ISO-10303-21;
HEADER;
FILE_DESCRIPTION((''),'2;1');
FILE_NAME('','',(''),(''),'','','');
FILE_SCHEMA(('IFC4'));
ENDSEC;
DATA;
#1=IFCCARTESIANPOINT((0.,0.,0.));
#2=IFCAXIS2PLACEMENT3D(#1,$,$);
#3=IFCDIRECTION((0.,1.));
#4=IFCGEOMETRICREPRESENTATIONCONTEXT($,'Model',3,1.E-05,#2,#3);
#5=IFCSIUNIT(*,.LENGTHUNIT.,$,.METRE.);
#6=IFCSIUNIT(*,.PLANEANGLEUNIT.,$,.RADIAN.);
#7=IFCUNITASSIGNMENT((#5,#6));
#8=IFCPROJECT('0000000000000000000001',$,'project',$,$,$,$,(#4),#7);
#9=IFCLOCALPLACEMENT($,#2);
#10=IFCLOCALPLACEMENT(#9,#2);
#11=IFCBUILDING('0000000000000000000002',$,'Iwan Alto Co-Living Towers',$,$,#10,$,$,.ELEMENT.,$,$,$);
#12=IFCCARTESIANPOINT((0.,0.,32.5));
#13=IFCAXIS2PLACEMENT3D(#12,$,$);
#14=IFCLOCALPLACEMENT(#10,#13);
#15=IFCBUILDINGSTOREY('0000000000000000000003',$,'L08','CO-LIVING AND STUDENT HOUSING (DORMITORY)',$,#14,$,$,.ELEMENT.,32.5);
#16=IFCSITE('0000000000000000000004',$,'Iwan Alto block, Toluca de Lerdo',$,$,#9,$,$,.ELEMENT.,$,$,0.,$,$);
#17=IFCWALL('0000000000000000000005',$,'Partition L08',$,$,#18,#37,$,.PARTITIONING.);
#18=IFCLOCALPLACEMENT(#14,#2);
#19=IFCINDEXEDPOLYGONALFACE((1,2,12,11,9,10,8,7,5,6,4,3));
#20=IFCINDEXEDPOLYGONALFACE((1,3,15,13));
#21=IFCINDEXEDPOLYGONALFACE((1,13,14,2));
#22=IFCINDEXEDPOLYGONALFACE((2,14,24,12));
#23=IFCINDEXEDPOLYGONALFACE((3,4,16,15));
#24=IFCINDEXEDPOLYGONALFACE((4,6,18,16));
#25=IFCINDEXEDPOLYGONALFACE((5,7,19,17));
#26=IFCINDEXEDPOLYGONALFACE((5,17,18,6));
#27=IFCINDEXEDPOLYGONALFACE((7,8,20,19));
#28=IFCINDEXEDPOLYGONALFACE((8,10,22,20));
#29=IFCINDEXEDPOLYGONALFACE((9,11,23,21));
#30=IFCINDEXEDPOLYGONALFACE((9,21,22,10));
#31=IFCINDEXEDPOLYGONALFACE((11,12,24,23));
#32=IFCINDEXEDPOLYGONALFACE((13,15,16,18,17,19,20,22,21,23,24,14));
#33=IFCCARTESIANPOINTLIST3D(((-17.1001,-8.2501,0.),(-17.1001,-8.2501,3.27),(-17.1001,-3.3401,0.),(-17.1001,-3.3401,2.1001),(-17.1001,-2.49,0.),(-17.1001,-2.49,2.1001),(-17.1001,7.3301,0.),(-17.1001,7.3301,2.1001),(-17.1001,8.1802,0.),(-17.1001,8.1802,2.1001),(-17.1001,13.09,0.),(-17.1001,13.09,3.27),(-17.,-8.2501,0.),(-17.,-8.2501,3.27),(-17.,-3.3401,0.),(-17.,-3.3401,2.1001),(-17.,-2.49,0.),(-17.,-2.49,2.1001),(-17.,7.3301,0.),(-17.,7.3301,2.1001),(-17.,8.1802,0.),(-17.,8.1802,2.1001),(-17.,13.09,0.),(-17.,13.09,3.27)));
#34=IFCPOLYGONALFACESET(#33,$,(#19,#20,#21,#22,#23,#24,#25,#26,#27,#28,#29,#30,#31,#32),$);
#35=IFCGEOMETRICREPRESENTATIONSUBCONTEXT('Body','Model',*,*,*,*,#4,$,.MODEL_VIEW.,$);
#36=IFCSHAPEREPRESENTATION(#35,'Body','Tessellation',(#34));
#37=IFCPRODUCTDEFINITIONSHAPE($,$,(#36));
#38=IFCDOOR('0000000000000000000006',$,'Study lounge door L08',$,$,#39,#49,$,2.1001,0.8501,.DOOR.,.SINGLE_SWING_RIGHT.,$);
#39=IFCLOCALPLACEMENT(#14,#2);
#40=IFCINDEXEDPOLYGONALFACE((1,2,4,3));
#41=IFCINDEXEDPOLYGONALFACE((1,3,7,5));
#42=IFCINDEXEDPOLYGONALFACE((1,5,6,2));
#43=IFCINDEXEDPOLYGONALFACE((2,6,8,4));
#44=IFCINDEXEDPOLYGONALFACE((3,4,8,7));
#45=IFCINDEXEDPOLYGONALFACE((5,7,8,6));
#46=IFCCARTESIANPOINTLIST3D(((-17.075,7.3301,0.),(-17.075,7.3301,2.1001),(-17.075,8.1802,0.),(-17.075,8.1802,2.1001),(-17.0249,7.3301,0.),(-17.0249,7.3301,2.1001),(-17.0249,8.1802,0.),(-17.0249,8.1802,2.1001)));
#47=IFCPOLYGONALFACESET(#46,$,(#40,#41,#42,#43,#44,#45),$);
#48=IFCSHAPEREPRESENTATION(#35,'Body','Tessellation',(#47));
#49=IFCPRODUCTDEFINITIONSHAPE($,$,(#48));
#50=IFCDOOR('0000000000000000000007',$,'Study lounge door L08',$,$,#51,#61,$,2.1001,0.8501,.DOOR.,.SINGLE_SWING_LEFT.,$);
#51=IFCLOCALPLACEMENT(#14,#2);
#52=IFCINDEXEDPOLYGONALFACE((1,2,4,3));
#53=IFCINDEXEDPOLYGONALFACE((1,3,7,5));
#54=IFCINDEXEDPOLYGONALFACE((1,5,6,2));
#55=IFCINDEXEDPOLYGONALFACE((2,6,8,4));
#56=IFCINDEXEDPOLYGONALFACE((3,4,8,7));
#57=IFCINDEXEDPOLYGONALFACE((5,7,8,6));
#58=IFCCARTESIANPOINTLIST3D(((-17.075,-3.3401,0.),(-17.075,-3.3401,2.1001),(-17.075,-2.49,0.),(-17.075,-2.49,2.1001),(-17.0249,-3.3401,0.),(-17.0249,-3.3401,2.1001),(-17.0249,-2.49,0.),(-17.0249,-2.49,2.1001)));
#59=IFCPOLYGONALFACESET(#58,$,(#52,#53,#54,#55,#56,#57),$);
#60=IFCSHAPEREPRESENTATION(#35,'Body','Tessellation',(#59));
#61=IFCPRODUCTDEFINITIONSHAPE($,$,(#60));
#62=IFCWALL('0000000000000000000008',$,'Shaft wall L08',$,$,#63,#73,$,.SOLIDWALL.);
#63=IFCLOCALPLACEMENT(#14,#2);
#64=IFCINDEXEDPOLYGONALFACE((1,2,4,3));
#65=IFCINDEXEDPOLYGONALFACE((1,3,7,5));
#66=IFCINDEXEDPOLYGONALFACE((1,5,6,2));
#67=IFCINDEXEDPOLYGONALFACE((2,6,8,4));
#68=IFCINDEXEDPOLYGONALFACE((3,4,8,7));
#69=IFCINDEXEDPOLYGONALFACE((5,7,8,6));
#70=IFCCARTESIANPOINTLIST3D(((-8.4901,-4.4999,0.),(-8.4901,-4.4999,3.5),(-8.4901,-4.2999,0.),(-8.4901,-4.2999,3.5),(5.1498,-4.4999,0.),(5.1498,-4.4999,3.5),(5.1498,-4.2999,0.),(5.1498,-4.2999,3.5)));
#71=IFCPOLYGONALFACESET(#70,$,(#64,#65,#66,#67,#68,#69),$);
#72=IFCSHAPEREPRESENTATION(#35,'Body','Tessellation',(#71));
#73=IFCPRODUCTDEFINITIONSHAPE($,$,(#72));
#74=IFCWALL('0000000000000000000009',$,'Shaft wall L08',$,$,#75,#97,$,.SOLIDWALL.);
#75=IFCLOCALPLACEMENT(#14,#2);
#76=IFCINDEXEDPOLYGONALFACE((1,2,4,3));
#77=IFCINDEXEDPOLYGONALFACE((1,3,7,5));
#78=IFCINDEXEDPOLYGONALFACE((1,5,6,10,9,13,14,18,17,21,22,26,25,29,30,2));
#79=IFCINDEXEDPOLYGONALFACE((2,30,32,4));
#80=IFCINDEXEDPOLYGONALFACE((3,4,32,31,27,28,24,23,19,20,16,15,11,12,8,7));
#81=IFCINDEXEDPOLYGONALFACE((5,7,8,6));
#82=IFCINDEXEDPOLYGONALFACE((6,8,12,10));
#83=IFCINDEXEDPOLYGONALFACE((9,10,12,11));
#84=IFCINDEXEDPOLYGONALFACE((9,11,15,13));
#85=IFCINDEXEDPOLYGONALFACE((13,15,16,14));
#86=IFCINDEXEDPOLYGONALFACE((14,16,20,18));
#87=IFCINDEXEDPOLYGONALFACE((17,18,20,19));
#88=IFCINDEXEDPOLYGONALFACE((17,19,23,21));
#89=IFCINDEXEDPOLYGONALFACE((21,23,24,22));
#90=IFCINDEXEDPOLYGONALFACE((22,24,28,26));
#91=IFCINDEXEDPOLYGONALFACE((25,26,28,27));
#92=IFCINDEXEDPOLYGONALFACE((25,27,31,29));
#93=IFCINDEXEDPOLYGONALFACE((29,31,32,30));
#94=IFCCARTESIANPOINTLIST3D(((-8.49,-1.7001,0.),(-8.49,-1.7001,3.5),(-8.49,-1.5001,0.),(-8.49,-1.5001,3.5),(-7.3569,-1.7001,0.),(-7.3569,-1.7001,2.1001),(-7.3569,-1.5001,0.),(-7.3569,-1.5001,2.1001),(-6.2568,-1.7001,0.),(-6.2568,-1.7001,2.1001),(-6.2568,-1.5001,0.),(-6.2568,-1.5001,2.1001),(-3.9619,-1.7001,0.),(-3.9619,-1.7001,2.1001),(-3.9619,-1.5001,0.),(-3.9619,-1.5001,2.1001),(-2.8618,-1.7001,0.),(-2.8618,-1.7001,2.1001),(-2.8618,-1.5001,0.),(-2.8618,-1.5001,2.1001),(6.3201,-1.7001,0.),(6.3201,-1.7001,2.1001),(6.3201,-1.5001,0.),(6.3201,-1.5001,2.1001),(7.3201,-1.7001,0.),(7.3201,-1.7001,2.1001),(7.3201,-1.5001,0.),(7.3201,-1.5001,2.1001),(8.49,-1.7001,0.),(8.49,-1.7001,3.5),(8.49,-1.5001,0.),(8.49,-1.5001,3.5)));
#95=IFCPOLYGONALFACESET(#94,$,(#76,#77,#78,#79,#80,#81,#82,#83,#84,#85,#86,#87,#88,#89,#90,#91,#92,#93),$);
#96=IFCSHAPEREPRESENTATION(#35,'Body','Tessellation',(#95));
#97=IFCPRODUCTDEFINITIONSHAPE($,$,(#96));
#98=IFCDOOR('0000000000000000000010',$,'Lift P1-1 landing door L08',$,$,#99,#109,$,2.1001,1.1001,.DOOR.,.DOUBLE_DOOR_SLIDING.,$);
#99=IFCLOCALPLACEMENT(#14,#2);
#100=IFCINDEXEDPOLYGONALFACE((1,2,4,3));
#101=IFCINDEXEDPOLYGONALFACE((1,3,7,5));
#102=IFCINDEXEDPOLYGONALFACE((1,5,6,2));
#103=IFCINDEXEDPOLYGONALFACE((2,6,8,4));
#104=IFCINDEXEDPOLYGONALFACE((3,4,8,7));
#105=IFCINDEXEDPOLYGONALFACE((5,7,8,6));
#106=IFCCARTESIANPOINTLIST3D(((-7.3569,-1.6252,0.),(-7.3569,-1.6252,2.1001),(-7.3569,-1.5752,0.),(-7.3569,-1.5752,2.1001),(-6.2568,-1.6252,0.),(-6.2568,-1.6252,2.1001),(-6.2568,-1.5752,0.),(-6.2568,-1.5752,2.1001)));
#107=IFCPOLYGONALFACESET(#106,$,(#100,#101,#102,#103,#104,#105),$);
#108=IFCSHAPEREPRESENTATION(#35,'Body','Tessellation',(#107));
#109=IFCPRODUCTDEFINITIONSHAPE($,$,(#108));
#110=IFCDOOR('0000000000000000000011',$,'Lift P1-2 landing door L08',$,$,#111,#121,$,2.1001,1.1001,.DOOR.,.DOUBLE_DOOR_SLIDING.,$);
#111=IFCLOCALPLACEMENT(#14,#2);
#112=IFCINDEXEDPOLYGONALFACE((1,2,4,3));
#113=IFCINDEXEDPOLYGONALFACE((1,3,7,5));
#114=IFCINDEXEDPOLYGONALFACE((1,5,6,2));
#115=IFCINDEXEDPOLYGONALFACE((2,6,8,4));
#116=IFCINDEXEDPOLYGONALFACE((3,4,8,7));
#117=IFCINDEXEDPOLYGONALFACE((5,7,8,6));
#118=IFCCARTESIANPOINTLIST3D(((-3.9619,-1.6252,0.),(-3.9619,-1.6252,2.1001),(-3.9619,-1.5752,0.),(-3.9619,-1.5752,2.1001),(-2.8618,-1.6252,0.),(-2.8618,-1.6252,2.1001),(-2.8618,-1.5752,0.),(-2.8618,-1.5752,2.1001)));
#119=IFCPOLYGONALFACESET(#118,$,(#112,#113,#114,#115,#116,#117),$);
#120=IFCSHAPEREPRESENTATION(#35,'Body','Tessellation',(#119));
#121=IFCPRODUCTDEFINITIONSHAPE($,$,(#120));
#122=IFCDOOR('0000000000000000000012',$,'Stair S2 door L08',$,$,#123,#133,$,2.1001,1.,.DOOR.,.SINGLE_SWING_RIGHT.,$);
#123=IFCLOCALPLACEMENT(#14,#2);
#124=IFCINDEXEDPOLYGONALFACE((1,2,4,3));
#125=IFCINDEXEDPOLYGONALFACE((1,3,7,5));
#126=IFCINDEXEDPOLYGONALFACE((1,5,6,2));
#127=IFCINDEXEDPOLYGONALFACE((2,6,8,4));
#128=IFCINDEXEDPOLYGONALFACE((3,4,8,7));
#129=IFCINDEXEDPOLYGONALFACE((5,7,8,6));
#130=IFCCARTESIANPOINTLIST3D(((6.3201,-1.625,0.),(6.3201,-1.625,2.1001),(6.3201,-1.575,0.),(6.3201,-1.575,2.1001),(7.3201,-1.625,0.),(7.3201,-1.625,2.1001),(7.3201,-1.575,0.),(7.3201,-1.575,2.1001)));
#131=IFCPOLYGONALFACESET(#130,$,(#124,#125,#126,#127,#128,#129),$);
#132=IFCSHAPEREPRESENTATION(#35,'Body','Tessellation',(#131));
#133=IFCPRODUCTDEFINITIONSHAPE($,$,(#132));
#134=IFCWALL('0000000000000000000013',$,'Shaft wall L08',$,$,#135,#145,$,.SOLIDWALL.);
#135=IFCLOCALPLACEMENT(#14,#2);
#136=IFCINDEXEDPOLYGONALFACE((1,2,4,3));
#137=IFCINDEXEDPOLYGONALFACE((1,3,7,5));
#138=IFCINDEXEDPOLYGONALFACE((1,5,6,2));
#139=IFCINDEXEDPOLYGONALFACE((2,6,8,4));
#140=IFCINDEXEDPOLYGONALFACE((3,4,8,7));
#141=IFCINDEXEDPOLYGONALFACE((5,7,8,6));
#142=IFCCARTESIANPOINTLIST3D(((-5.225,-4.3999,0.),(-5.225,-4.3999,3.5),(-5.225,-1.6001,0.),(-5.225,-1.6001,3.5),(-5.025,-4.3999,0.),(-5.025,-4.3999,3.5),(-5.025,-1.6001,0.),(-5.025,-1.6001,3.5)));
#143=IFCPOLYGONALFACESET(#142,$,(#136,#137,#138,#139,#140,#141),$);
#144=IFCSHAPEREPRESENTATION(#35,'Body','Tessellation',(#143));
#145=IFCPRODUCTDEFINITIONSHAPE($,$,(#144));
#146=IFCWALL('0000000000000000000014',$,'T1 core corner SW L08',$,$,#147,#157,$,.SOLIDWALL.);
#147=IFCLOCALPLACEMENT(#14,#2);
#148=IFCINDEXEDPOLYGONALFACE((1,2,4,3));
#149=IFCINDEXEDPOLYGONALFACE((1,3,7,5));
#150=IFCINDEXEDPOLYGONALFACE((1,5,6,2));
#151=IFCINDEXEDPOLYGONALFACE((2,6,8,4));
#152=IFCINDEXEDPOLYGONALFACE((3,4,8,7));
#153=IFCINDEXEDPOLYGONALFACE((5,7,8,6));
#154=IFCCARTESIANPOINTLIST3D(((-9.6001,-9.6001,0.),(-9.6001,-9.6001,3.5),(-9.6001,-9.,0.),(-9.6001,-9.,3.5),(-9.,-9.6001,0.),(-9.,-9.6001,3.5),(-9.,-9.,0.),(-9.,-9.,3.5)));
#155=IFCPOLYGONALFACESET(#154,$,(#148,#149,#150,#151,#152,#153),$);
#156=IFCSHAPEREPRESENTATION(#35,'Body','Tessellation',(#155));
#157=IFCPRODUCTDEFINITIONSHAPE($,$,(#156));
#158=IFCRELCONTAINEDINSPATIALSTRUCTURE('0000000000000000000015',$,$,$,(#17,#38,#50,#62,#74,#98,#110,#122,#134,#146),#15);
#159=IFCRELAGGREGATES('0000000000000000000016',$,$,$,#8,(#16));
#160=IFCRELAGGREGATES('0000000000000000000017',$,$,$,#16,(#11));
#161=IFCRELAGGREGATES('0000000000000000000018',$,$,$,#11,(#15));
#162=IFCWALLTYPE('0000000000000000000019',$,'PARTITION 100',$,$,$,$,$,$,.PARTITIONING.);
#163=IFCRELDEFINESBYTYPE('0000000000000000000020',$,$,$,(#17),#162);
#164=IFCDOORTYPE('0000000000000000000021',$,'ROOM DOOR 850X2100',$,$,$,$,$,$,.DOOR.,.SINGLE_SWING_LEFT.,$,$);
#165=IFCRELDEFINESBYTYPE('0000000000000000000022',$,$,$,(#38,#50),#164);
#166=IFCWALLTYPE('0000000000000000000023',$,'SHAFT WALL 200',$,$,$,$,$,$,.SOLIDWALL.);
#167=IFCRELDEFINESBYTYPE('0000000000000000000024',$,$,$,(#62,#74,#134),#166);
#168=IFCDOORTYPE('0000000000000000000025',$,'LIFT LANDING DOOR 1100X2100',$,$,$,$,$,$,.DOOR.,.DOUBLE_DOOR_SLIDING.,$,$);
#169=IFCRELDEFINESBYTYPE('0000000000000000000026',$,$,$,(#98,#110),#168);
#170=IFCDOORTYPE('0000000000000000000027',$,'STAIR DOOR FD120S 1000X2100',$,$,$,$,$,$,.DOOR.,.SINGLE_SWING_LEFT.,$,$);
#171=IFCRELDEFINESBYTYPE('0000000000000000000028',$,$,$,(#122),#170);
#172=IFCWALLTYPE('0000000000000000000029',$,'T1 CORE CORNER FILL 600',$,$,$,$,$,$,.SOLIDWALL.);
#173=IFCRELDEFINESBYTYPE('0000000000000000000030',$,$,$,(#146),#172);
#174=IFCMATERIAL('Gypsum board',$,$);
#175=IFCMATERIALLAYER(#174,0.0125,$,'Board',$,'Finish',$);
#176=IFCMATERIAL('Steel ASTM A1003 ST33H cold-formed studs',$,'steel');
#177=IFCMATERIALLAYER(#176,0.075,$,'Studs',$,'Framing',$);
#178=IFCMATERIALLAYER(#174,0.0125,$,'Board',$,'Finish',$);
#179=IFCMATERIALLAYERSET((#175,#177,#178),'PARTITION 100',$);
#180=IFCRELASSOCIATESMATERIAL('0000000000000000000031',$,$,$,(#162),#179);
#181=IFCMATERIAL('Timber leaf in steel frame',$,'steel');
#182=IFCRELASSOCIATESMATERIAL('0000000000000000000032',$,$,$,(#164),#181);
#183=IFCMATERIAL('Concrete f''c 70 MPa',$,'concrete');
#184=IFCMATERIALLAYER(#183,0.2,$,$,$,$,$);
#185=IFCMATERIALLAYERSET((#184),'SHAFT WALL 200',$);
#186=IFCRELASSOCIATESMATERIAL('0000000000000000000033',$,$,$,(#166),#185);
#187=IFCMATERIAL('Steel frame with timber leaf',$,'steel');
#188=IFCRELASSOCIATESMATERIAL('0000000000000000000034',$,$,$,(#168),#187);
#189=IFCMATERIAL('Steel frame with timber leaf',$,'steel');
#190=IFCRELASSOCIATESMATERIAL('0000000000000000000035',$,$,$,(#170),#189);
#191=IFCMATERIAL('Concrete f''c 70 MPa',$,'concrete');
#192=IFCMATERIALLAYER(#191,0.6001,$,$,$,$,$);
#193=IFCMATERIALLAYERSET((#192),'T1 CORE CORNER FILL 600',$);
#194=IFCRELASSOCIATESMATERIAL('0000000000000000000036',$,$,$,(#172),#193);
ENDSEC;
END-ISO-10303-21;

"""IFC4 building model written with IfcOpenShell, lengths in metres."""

from ifc_helpers import new_model, si_unit, direction, frame, frame_2d, origin, place, context, subcontext, project, spatial, rectangle, extrude, material, layer, layer_set, type_object, element, fill, save


model = new_model("IFC4")

# Units and contexts
model_context = context("Model", 3, precision=1e-05, world=origin(), true_north=direction((0.0, 1.0)))
body_context = subcontext(model_context, "Body", "Model", "MODEL_VIEW")
ifc_project = project(units=[si_unit("LENGTHUNIT", "METRE"), si_unit("PLANEANGLEUNIT", "RADIAN")], contexts=[model_context])

# Site, building, storey
site_placement = place(None, origin())
site = spatial("IfcSite", under=ifc_project, at=site_placement, Name="Iwan Alto block, Toluca de Lerdo", CompositionType="ELEMENT", RefElevation=0.0)
building_placement = place(site_placement, origin())
building = spatial("IfcBuilding", under=site, at=building_placement, Name="Iwan Alto Co-Living Towers", CompositionType="ELEMENT")
storey_placement = place(building_placement, frame((0.0, 0.0, 32.5)))
storey = spatial("IfcBuildingStorey", under=building, at=storey_placement, Name="L08", Description="CO-LIVING AND STUDENT HOUSING (DORMITORY)", CompositionType="ELEMENT", Elevation=32.5)

# Shared definitions
ifc_material_1 = material(Name="Gypsum board")
ifc_material_2 = material(Name="Steel ASTM A1003 ST33H cold-formed studs", Category="steel")

# Shared definitions
ifc_layer_1 = layer(ifc_material_1, 0.0125, Name="Board", Category="Finish")
ifc_layer_2 = layer(ifc_material_2, 0.075, Name="Studs", Category="Framing")
ifc_layer_3 = layer(ifc_material_1, 0.0125, Name="Board", Category="Finish")
ifc_layer_set_1 = layer_set([ifc_layer_1, ifc_layer_2, ifc_layer_3], Name="PARTITION 100")
wall_type_1 = type_object("IfcWallType", Name="PARTITION 100", PredefinedType="PARTITIONING", material=ifc_layer_set_1)

# Wall, openings, doors
wall_1_placement = place(storey_placement, frame((-17.05, -8.25, 0.0), z_axis=(0.0, 0.0, 1.0), x_axis=(0.0, 1.0, 0.0)))
wall_1 = element("IfcWall", 1, at=wall_1_placement, inside=storey, type_object=wall_type_1, Name="Partition L08", PredefinedType="PARTITIONING", context=body_context, shape_type="SweptSolid", body=[
    extrude(rectangle(XDim=21.3401, YDim=0.1001, at=frame_2d((10.6699, 0.0))), origin(), (0.0, 0.0, 1.0), 3.27),
])
opening_1_placement = place(wall_1_placement, frame((15.5801, 0.0, 0.0)))
opening_1 = element("IfcOpeningElement", 2, at=opening_1_placement, cuts=wall_1, PredefinedType="OPENING", context=body_context, shape_type="SweptSolid", body=[
    extrude(rectangle(XDim=0.8501, YDim=2.1001, at=frame_2d((0.425, 1.05))), frame((0.0, 0.0601, 0.0), z_axis=(0.0, -1.0, 0.0), x_axis=(1.0, 0.0, 0.0)), (0.0, 0.0, 1.0), 0.1201),
])
opening_2_placement = place(wall_1_placement, frame((4.9099, 0.0, 0.0)))
opening_2 = element("IfcOpeningElement", 3, at=opening_2_placement, cuts=wall_1, PredefinedType="OPENING", context=body_context, shape_type="SweptSolid", body=[
    extrude(rectangle(XDim=0.8501, YDim=2.1001, at=frame_2d((0.425, 1.05))), frame((0.0, 0.0601, 0.0), z_axis=(0.0, -1.0, 0.0), x_axis=(1.0, 0.0, 0.0)), (0.0, 0.0, 1.0), 0.1201),
])
ifc_material_3 = material(Name="Timber leaf in steel frame", Category="steel")
door_type_1 = type_object("IfcDoorType", Name="ROOM DOOR 850X2100", OperationType="SINGLE_SWING_LEFT", PredefinedType="DOOR", material=ifc_material_3)
door_1_placement = place(opening_1_placement, origin())
door_1 = element("IfcDoor", 4, at=door_1_placement, inside=storey, type_object=door_type_1, Name="Study lounge door L08", OperationType="SINGLE_SWING_RIGHT", OverallHeight=2.1001, OverallWidth=0.8501, PredefinedType="DOOR", context=body_context, shape_type="SweptSolid", body=[
    extrude(rectangle(XDim=0.8501, YDim=2.1001, at=frame_2d((0.425, 1.05))), frame((0.0, 0.0249, 0.0), z_axis=(0.0, -1.0, 0.0), x_axis=(1.0, 0.0, 0.0)), (0.0, 0.0, 1.0), 0.05),
])
fill(opening_1, door_1)
door_2_placement = place(opening_2_placement, origin())
door_2 = element("IfcDoor", 5, at=door_2_placement, inside=storey, type_object=door_type_1, Name="Study lounge door L08", OperationType="SINGLE_SWING_LEFT", OverallHeight=2.1001, OverallWidth=0.8501, PredefinedType="DOOR", context=body_context, shape_type="SweptSolid", body=[
    extrude(rectangle(XDim=0.8501, YDim=2.1001, at=frame_2d((0.425, 1.05))), frame((0.0, 0.0249, 0.0), z_axis=(0.0, -1.0, 0.0), x_axis=(1.0, 0.0, 0.0)), (0.0, 0.0, 1.0), 0.05),
])
fill(opening_2, door_2)

# Wall
ifc_material_4 = material(Name="Concrete f'c 70 MPa", Category="concrete")
ifc_layer_4 = layer(ifc_material_4, 0.2)
ifc_layer_set_2 = layer_set([ifc_layer_4], Name="SHAFT WALL 200")
wall_type_2 = type_object("IfcWallType", Name="SHAFT WALL 200", PredefinedType="SOLIDWALL", material=ifc_layer_set_2)
wall_2_placement = place(storey_placement, frame((-8.49, -4.3999, 0.0), z_axis=(0.0, 0.0, 1.0), x_axis=(1.0, 0.0, 0.0)))
element("IfcWall", 6, at=wall_2_placement, inside=storey, type_object=wall_type_2, Name="Shaft wall L08", PredefinedType="SOLIDWALL", context=body_context, shape_type="SweptSolid", body=[
    extrude(rectangle(XDim=13.6399, YDim=0.2, at=frame_2d((6.8198, 0.0))), origin(), (0.0, 0.0, 1.0), 3.5),
])

# Wall, openings, doors
wall_3_placement = place(storey_placement, frame((-8.49, -1.6001, 0.0), z_axis=(0.0, 0.0, 1.0), x_axis=(1.0, 0.0, 0.0)))
wall_3 = element("IfcWall", 7, at=wall_3_placement, inside=storey, type_object=wall_type_2, Name="Shaft wall L08", PredefinedType="SOLIDWALL", context=body_context, shape_type="SweptSolid", body=[
    extrude(rectangle(XDim=16.98, YDim=0.2, at=frame_2d((8.49, 0.0))), origin(), (0.0, 0.0, 1.0), 3.5),
])
opening_3_placement = place(wall_3_placement, frame((14.8101, 0.0, 0.0)))
opening_3 = element("IfcOpeningElement", 8, at=opening_3_placement, cuts=wall_3, PredefinedType="OPENING", context=body_context, shape_type="SweptSolid", body=[
    extrude(rectangle(XDim=1.0, YDim=2.1001, at=frame_2d((0.5, 1.05))), frame((0.0, 0.1099, 0.0), z_axis=(0.0, -1.0, 0.0), x_axis=(1.0, 0.0, 0.0)), (0.0, 0.0, 1.0), 0.22),
])
opening_4_placement = place(wall_3_placement, frame((1.1331, 0.0, 0.0)))
opening_4 = element("IfcOpeningElement", 9, at=opening_4_placement, cuts=wall_3, PredefinedType="OPENING", context=body_context, shape_type="SweptSolid", body=[
    extrude(rectangle(XDim=1.1001, YDim=2.1001, at=frame_2d((0.55, 1.05))), frame((0.0, 0.1099, 0.0), z_axis=(0.0, -1.0, 0.0), x_axis=(1.0, 0.0, 0.0)), (0.0, 0.0, 1.0), 0.22),
])
opening_5_placement = place(wall_3_placement, frame((4.5281, 0.0, 0.0)))
opening_5 = element("IfcOpeningElement", 10, at=opening_5_placement, cuts=wall_3, PredefinedType="OPENING", context=body_context, shape_type="SweptSolid", body=[
    extrude(rectangle(XDim=1.1001, YDim=2.1001, at=frame_2d((0.55, 1.05))), frame((0.0, 0.1099, 0.0), z_axis=(0.0, -1.0, 0.0), x_axis=(1.0, 0.0, 0.0)), (0.0, 0.0, 1.0), 0.22),
])
ifc_material_5 = material(Name="Steel frame with timber leaf", Category="steel")
door_type_2 = type_object("IfcDoorType", Name="LIFT LANDING DOOR 1100X2100", OperationType="DOUBLE_DOOR_SLIDING", PredefinedType="DOOR", material=ifc_material_5)
door_3_placement = place(opening_4_placement, origin())
door_3 = element("IfcDoor", 11, at=door_3_placement, inside=storey, type_object=door_type_2, Name="Lift P1-1 landing door L08", OperationType="DOUBLE_DOOR_SLIDING", OverallHeight=2.1001, OverallWidth=1.1001, PredefinedType="DOOR", context=body_context, shape_type="SweptSolid", body=[
    extrude(rectangle(XDim=1.1001, YDim=2.1001, at=frame_2d((0.55, 1.05))), frame((0.0, 0.0249, 0.0), z_axis=(0.0, -1.0, 0.0), x_axis=(1.0, 0.0, 0.0)), (0.0, 0.0, 1.0), 0.05),
])
fill(opening_4, door_3)
door_4_placement = place(opening_5_placement, origin())
door_4 = element("IfcDoor", 12, at=door_4_placement, inside=storey, type_object=door_type_2, Name="Lift P1-2 landing door L08", OperationType="DOUBLE_DOOR_SLIDING", OverallHeight=2.1001, OverallWidth=1.1001, PredefinedType="DOOR", context=body_context, shape_type="SweptSolid", body=[
    extrude(rectangle(XDim=1.1001, YDim=2.1001, at=frame_2d((0.55, 1.05))), frame((0.0, 0.0249, 0.0), z_axis=(0.0, -1.0, 0.0), x_axis=(1.0, 0.0, 0.0)), (0.0, 0.0, 1.0), 0.05),
])
fill(opening_5, door_4)
ifc_material_6 = material(Name="Steel frame with timber leaf", Category="steel")
door_type_3 = type_object("IfcDoorType", Name="STAIR DOOR FD120S 1000X2100", OperationType="SINGLE_SWING_LEFT", PredefinedType="DOOR", material=ifc_material_6)
door_5_placement = place(opening_3_placement, frame((1.0, 0.0, 0.0), z_axis=(0.0, 0.0, 1.0), x_axis=(-1.0, 0.0, 0.0)))
door_5 = element("IfcDoor", 13, at=door_5_placement, inside=storey, type_object=door_type_3, Name="Stair S2 door L08", OperationType="SINGLE_SWING_RIGHT", OverallHeight=2.1001, OverallWidth=1.0, PredefinedType="DOOR", context=body_context, shape_type="SweptSolid", body=[
    extrude(rectangle(XDim=1.0, YDim=2.1001, at=frame_2d((0.5, 1.05))), frame((0.0, 0.0249, 0.0), z_axis=(0.0, -1.0, 0.0), x_axis=(1.0, 0.0, 0.0)), (0.0, 0.0, 1.0), 0.05),
])
fill(opening_3, door_5)

# Walls
wall_4_placement = place(storey_placement, frame((-5.125, -4.3999, 0.0), z_axis=(0.0, 0.0, 1.0), x_axis=(0.0, 1.0, 0.0)))
element("IfcWall", 14, at=wall_4_placement, inside=storey, type_object=wall_type_2, Name="Shaft wall L08", PredefinedType="SOLIDWALL", context=body_context, shape_type="SweptSolid", body=[
    extrude(rectangle(XDim=2.7998, YDim=0.2, at=frame_2d((1.3999, 0.0))), origin(), (0.0, 0.0, 1.0), 3.5),
])
ifc_material_7 = material(Name="Concrete f'c 70 MPa", Category="concrete")
ifc_layer_5 = layer(ifc_material_7, 0.6001)
ifc_layer_set_3 = layer_set([ifc_layer_5], Name="T1 CORE CORNER FILL 600")
wall_type_3 = type_object("IfcWallType", Name="T1 CORE CORNER FILL 600", PredefinedType="SOLIDWALL", material=ifc_layer_set_3)
wall_5_placement = place(storey_placement, frame((-9.6001, -9.3, 0.0), z_axis=(0.0, 0.0, 1.0), x_axis=(1.0, 0.0, 0.0)))
element("IfcWall", 15, at=wall_5_placement, inside=storey, type_object=wall_type_3, Name="T1 core corner SW L08", PredefinedType="SOLIDWALL", context=body_context, shape_type="SweptSolid", body=[
    extrude(rectangle(XDim=0.6001, YDim=0.6001, at=frame_2d((0.3, 0.0))), origin(), (0.0, 0.0, 1.0), 3.5),
])

save(model, "model.ifc")
